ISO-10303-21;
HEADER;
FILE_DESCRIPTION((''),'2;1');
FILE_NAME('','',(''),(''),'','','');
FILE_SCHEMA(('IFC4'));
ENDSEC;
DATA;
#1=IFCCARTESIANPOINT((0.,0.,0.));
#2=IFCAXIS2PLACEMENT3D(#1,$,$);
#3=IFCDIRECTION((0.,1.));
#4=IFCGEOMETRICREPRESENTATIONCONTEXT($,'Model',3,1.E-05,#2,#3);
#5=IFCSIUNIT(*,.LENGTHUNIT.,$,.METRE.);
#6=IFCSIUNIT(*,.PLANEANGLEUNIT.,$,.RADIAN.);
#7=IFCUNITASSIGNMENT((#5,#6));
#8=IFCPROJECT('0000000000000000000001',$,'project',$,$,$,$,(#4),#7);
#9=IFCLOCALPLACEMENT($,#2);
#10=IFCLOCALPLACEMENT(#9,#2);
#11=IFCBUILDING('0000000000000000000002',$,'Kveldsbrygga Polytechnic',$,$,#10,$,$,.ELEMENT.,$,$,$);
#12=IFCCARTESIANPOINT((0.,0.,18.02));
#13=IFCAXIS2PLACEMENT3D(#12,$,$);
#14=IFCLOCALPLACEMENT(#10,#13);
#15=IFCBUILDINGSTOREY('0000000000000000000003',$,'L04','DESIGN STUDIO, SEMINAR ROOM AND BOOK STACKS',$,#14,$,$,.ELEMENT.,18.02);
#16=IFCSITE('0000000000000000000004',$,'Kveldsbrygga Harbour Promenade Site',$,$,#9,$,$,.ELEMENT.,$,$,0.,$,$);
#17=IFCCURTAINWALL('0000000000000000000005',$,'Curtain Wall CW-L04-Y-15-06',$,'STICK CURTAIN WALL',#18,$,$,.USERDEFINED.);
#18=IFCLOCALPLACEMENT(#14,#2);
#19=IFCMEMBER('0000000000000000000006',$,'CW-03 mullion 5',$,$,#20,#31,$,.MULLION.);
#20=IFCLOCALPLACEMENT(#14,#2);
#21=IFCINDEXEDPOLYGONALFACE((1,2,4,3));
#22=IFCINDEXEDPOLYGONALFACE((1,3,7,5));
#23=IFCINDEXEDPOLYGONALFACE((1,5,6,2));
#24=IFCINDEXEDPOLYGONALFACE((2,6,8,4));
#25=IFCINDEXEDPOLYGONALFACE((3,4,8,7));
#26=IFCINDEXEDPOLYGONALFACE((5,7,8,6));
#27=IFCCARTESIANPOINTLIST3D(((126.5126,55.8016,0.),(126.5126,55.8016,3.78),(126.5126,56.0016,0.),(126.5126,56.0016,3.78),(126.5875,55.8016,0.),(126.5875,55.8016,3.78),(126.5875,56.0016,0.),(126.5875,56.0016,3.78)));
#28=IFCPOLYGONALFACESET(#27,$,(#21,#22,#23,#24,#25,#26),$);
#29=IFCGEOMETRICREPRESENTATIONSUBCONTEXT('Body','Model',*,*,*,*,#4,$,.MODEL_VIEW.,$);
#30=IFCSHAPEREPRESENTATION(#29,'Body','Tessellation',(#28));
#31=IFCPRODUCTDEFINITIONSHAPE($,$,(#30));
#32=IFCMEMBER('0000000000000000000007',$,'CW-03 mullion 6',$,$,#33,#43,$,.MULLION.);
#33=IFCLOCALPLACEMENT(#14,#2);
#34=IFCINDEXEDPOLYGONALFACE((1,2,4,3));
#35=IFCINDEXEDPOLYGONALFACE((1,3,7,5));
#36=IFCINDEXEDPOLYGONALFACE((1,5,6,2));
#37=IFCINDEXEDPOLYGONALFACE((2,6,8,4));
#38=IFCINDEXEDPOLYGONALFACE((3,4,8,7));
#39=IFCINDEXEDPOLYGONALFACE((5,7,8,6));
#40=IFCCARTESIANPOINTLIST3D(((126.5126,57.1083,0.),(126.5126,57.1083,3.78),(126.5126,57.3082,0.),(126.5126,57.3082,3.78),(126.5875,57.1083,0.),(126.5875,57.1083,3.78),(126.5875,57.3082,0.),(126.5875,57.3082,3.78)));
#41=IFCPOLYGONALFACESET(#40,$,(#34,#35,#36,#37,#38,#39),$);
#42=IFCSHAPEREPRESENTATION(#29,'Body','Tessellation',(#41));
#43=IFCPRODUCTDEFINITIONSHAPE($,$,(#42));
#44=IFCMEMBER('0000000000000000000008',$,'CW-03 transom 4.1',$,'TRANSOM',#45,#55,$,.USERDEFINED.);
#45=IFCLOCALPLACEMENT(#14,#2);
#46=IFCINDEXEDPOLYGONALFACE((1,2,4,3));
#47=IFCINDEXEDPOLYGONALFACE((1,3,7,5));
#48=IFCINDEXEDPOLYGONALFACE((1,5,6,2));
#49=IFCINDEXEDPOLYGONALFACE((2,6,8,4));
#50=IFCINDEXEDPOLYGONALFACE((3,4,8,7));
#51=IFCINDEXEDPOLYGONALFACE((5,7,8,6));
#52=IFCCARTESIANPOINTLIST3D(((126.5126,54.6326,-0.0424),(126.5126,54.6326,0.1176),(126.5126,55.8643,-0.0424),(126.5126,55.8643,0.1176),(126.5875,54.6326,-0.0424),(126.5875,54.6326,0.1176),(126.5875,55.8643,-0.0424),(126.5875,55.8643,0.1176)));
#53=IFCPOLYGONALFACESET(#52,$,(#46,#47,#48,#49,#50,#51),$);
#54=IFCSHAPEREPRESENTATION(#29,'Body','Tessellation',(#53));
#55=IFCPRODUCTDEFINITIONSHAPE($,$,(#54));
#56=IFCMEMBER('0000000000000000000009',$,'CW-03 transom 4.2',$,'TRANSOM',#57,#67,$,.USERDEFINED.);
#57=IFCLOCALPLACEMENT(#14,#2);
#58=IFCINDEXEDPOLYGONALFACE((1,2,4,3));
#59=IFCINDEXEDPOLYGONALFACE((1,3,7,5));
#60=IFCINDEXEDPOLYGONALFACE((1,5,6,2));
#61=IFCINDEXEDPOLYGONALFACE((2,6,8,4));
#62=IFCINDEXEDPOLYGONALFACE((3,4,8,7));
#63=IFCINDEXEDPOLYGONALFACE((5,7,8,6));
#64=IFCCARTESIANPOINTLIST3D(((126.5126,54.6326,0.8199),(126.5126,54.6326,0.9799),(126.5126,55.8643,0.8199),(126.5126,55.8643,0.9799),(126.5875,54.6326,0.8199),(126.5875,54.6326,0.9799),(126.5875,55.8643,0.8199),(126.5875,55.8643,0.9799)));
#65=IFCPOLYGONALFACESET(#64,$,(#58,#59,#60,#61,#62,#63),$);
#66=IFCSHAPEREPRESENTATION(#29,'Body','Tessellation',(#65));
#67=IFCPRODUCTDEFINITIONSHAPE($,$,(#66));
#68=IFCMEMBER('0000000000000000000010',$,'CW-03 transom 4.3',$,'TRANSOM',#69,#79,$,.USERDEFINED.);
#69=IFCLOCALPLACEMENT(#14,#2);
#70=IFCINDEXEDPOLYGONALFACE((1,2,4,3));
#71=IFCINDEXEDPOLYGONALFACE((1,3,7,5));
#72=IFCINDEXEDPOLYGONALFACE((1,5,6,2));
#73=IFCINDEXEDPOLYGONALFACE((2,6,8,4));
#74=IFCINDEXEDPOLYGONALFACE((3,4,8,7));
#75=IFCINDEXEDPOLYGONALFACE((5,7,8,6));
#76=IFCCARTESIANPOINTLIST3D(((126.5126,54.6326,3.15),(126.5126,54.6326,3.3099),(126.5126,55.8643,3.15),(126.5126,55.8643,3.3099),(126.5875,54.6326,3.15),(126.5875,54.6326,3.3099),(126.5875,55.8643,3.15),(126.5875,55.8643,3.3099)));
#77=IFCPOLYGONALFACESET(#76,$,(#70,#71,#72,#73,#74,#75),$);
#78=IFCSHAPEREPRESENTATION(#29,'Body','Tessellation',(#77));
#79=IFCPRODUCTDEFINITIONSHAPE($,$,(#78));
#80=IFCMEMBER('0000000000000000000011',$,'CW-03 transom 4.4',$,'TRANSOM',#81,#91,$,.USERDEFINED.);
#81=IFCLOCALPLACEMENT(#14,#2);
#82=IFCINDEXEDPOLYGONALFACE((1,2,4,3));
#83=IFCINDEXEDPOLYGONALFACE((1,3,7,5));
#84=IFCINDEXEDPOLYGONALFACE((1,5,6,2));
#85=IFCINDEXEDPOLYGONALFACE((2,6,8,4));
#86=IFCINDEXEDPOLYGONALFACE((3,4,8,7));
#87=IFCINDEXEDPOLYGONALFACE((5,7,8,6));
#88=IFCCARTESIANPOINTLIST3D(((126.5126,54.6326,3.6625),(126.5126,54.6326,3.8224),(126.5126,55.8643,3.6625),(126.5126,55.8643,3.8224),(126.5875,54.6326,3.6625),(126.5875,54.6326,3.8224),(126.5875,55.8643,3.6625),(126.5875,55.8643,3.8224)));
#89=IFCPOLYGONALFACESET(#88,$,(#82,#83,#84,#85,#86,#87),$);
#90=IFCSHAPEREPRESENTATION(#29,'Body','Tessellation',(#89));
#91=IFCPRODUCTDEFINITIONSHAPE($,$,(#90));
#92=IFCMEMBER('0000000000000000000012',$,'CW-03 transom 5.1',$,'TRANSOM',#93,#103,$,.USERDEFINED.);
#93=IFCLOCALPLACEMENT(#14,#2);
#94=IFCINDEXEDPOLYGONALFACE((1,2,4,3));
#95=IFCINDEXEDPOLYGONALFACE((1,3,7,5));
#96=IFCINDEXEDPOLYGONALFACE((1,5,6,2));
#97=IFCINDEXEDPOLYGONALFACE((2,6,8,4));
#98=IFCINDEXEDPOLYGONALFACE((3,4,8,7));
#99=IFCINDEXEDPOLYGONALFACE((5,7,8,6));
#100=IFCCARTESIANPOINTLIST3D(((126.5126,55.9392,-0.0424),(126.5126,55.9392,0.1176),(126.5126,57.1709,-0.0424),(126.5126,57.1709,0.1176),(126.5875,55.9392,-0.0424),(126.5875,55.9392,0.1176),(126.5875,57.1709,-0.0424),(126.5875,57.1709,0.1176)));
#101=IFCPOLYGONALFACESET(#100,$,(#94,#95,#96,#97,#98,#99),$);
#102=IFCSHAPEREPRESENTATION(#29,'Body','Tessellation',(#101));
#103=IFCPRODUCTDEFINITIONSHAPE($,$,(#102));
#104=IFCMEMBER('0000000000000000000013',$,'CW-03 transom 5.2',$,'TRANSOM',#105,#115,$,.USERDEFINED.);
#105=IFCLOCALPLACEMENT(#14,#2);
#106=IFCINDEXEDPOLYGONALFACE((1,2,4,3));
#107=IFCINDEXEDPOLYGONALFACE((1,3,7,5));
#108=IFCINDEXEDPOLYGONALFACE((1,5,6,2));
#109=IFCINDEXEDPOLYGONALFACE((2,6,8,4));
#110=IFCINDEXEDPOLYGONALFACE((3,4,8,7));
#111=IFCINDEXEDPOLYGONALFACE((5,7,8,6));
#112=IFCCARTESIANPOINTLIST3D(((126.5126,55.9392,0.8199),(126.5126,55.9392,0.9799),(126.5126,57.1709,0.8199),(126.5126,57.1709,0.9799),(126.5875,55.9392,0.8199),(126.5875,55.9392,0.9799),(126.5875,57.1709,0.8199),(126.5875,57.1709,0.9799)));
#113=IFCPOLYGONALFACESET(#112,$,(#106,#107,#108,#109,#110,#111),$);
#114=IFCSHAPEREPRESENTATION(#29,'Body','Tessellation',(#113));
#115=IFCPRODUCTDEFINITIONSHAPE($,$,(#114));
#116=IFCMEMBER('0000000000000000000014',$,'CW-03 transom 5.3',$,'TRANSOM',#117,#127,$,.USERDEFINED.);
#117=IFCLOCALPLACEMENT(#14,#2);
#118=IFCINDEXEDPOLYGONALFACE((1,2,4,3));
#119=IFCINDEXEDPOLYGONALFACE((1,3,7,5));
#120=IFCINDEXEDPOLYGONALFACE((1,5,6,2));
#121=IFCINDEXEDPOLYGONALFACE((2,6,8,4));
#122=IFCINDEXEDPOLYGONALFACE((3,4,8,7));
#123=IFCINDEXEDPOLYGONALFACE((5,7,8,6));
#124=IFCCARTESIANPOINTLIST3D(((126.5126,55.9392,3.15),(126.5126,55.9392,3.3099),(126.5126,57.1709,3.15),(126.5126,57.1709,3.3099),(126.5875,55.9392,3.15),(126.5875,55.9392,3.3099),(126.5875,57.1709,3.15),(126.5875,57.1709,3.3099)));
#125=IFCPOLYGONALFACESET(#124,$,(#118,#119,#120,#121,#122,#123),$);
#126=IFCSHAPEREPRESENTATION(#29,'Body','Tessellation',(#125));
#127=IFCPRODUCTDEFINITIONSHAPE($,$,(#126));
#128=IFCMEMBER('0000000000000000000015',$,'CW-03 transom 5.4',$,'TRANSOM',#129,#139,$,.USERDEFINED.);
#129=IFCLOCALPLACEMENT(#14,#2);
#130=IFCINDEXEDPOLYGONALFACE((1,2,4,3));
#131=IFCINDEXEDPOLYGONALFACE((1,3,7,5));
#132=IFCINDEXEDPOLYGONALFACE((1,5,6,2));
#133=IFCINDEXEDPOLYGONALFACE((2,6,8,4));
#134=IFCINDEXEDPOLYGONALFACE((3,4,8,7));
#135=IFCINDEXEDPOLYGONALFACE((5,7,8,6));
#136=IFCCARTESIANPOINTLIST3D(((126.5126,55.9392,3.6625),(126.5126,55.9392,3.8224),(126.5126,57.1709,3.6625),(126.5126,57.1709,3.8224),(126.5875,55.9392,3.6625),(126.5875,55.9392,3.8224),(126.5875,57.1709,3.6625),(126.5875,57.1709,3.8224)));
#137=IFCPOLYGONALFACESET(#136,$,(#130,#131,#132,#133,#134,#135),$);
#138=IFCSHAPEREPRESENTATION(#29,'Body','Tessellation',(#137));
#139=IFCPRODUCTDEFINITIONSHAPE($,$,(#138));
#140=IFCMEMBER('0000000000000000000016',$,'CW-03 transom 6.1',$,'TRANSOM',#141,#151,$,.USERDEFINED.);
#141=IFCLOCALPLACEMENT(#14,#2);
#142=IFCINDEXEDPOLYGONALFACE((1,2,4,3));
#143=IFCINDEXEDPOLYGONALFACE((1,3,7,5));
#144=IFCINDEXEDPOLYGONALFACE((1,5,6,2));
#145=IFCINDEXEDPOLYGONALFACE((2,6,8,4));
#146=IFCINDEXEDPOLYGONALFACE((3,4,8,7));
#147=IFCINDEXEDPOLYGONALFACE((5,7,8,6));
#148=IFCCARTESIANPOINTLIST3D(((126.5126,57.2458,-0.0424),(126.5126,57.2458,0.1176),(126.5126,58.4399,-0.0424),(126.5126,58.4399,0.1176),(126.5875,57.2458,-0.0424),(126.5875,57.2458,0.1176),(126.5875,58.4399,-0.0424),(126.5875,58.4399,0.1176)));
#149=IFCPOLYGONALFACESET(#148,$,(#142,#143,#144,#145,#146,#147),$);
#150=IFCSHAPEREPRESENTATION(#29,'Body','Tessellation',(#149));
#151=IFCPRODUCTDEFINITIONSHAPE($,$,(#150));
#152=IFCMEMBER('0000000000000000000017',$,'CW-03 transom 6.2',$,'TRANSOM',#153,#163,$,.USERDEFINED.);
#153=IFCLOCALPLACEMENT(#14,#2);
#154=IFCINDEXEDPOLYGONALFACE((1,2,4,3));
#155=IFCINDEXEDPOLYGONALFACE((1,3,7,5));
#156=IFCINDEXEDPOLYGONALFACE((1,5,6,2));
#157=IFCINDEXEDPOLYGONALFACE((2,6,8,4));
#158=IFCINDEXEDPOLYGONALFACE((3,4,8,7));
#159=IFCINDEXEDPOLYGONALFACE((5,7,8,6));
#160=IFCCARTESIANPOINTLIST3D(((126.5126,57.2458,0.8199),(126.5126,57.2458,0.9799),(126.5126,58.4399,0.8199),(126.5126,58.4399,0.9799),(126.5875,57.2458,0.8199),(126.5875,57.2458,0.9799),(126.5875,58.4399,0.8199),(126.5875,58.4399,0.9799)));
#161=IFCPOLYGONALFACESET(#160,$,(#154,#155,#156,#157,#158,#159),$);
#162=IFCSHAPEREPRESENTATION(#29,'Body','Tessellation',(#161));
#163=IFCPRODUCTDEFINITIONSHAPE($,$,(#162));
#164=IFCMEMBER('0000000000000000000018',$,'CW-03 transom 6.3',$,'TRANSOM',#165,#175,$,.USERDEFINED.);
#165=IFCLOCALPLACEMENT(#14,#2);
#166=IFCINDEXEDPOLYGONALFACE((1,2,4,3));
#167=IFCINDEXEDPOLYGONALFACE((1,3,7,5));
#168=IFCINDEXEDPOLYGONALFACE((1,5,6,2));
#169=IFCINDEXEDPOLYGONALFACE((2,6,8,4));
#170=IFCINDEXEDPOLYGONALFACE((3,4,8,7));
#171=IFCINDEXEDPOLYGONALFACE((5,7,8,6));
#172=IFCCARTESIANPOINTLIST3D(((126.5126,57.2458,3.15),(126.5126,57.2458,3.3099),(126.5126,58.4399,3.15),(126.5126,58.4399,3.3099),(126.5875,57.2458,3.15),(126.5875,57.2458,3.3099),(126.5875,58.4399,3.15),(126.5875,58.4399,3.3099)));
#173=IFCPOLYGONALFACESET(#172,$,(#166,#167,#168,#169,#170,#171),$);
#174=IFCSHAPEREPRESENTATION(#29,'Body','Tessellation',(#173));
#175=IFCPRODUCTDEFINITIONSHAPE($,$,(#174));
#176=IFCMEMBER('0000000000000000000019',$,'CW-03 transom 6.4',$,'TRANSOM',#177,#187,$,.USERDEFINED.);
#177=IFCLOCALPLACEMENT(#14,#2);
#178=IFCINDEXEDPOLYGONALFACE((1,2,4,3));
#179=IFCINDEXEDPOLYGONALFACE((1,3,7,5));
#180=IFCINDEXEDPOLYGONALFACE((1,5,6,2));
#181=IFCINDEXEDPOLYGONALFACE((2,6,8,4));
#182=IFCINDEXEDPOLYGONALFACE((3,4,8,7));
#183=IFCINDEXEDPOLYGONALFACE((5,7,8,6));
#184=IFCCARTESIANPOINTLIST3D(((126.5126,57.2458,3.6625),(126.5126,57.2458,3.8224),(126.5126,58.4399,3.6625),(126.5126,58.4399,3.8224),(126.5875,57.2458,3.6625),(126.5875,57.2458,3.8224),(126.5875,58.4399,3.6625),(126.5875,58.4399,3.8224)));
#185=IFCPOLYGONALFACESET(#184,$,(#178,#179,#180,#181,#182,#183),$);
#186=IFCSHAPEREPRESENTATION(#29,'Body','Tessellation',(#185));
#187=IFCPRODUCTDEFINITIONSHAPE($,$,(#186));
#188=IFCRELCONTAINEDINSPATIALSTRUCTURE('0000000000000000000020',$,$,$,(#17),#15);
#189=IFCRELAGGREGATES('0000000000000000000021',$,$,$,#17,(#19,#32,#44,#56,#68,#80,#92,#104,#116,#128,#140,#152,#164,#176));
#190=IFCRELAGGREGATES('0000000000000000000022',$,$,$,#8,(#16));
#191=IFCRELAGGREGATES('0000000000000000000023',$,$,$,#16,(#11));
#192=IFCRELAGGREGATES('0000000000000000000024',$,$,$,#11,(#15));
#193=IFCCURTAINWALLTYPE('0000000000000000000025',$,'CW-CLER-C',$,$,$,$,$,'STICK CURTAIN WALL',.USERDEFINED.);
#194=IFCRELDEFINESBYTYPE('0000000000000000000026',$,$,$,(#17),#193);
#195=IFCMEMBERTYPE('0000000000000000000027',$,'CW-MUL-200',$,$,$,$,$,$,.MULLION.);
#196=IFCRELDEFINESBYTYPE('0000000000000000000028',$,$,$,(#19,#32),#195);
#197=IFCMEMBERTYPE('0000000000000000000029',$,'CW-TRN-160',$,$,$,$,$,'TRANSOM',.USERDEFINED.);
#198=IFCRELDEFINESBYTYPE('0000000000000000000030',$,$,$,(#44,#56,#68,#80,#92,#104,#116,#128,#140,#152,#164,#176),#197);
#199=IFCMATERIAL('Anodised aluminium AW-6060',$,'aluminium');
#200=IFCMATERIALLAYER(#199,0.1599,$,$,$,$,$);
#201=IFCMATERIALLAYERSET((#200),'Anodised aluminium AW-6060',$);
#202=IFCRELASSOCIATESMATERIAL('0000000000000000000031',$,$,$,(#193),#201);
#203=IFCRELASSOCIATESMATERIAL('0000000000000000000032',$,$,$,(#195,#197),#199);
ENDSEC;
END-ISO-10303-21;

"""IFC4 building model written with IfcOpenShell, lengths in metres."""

from ifc_helpers import new_model, si_unit, direction, frame, origin, origin_2d, place, context, subcontext, project, spatial, rectangle, extrude, material, layer, layer_set, material_profile, profile_set, type_object, element, aggregate, save


model = new_model("IFC4")

# Units and contexts
model_context = context("Model", 3, precision=1e-05, world=origin(), true_north=direction((0.0, 1.0)))
body_context = subcontext(model_context, "Body", "Model", "MODEL_VIEW")
ifc_project = project(units=[si_unit("LENGTHUNIT", "METRE"), si_unit("PLANEANGLEUNIT", "RADIAN")], contexts=[model_context])

# Site, building, storey
site_placement = place(None, origin())
site = spatial("IfcSite", under=ifc_project, at=site_placement, Name="Kveldsbrygga Harbour Promenade Site", CompositionType="ELEMENT", RefElevation=0.0)
building_placement = place(site_placement, origin())
building = spatial("IfcBuilding", under=site, at=building_placement, Name="Kveldsbrygga Polytechnic", CompositionType="ELEMENT")
storey_placement = place(building_placement, frame((0.0, 0.0, 18.02)))
storey = spatial("IfcBuildingStorey", under=building, at=storey_placement, Name="L04", Description="DESIGN STUDIO, SEMINAR ROOM AND BOOK STACKS", CompositionType="ELEMENT", Elevation=18.02)

# Curtain wall, members
ifc_material_1 = material(Name="Anodised aluminium AW-6060", Category="aluminium")
ifc_layer_1 = layer(ifc_material_1, 0.1599)
ifc_layer_set_1 = layer_set([ifc_layer_1], Name="Anodised aluminium AW-6060")
curtain_wall_type = type_object("IfcCurtainWallType", Name="CW-CLER-C", ElementType="STICK CURTAIN WALL", PredefinedType="USERDEFINED", material=ifc_layer_set_1)
curtain_wall_placement = place(storey_placement, origin())
curtain_wall = element("IfcCurtainWall", 1, at=curtain_wall_placement, inside=storey, type_object=curtain_wall_type, Name="Curtain Wall CW-L04-Y-15-06", ObjectType="STICK CURTAIN WALL", PredefinedType="USERDEFINED")
ifc_material_profile_1 = material_profile(ifc_material_1, rectangle(XDim=0.075, YDim=0.2, at=origin_2d()), Name="ALU 75x200")
ifc_profile_set_1 = profile_set([ifc_material_profile_1], Name="Anodised aluminium AW-6060")
member_type_1 = type_object("IfcMemberType", Name="CW-MUL-200", PredefinedType="MULLION", material=ifc_profile_set_1)
member_1_placement = place(storey_placement, frame((126.55, 55.9016, 0.0), z_axis=(0.0, 0.0, 1.0), x_axis=(-1.0, 0.0, 0.0)))
member_1 = element("IfcMember", 2, at=member_1_placement, type_object=member_type_1, Name="CW-03 mullion 5", PredefinedType="MULLION", context=body_context, shape_type="SweptSolid", body=[
    extrude(rectangle(XDim=0.075, YDim=0.2, at=origin_2d()), origin(), (0.0, 0.0, 1.0), 3.78),
])
member_2_placement = place(storey_placement, frame((126.55, 57.2083, 0.0), z_axis=(0.0, 0.0, 1.0), x_axis=(-1.0, 0.0, 0.0)))
member_2 = element("IfcMember", 3, at=member_2_placement, type_object=member_type_1, Name="CW-03 mullion 6", PredefinedType="MULLION", context=body_context, shape_type="SweptSolid", body=[
    extrude(rectangle(XDim=0.075, YDim=0.2, at=origin_2d()), origin(), (0.0, 0.0, 1.0), 3.78),
])
ifc_material_profile_2 = material_profile(ifc_material_1, rectangle(XDim=0.075, YDim=0.1599, at=origin_2d()), Name="ALU 75x160")
ifc_profile_set_2 = profile_set([ifc_material_profile_2], Name="Anodised aluminium AW-6060")
member_type_2 = type_object("IfcMemberType", Name="CW-TRN-160", ElementType="TRANSOM", PredefinedType="USERDEFINED", material=ifc_profile_set_2)
member_3_placement = place(storey_placement, frame((126.55, 54.6326, 0.0376), z_axis=(0.0, 1.0, 0.0), x_axis=(-1.0, 0.0, 0.0)))
member_3 = element("IfcMember", 4, at=member_3_placement, type_object=member_type_2, Name="CW-03 transom 4.1", ObjectType="TRANSOM", PredefinedType="USERDEFINED", context=body_context, shape_type="SweptSolid", body=[
    extrude(rectangle(XDim=0.075, YDim=0.1599, at=origin_2d()), origin(), (0.0, 0.0, 1.0), 1.2317),
])
member_4_placement = place(storey_placement, frame((126.55, 54.6326, 0.8999), z_axis=(0.0, 1.0, 0.0), x_axis=(-1.0, 0.0, 0.0)))
member_4 = element("IfcMember", 5, at=member_4_placement, type_object=member_type_2, Name="CW-03 transom 4.2", ObjectType="TRANSOM", PredefinedType="USERDEFINED", context=body_context, shape_type="SweptSolid", body=[
    extrude(rectangle(XDim=0.075, YDim=0.1599, at=origin_2d()), origin(), (0.0, 0.0, 1.0), 1.2317),
])
member_5_placement = place(storey_placement, frame((126.55, 54.6326, 3.23), z_axis=(0.0, 1.0, 0.0), x_axis=(-1.0, 0.0, 0.0)))
member_5 = element("IfcMember", 6, at=member_5_placement, type_object=member_type_2, Name="CW-03 transom 4.3", ObjectType="TRANSOM", PredefinedType="USERDEFINED", context=body_context, shape_type="SweptSolid", body=[
    extrude(rectangle(XDim=0.075, YDim=0.1599, at=origin_2d()), origin(), (0.0, 0.0, 1.0), 1.2317),
])
member_6_placement = place(storey_placement, frame((126.55, 54.6326, 3.7424), z_axis=(0.0, 1.0, 0.0), x_axis=(-1.0, 0.0, 0.0)))
member_6 = element("IfcMember", 7, at=member_6_placement, type_object=member_type_2, Name="CW-03 transom 4.4", ObjectType="TRANSOM", PredefinedType="USERDEFINED", context=body_context, shape_type="SweptSolid", body=[
    extrude(rectangle(XDim=0.075, YDim=0.1599, at=origin_2d()), origin(), (0.0, 0.0, 1.0), 1.2317),
])
member_7_placement = place(storey_placement, frame((126.55, 55.9392, 0.0376), z_axis=(0.0, 1.0, 0.0), x_axis=(-1.0, 0.0, 0.0)))
member_7 = element("IfcMember", 8, at=member_7_placement, type_object=member_type_2, Name="CW-03 transom 5.1", ObjectType="TRANSOM", PredefinedType="USERDEFINED", context=body_context, shape_type="SweptSolid", body=[
    extrude(rectangle(XDim=0.075, YDim=0.1599, at=origin_2d()), origin(), (0.0, 0.0, 1.0), 1.2317),
])
member_8_placement = place(storey_placement, frame((126.55, 55.9392, 0.8999), z_axis=(0.0, 1.0, 0.0), x_axis=(-1.0, 0.0, 0.0)))
member_8 = element("IfcMember", 9, at=member_8_placement, type_object=member_type_2, Name="CW-03 transom 5.2", ObjectType="TRANSOM", PredefinedType="USERDEFINED", context=body_context, shape_type="SweptSolid", body=[
    extrude(rectangle(XDim=0.075, YDim=0.1599, at=origin_2d()), origin(), (0.0, 0.0, 1.0), 1.2317),
])
member_9_placement = place(storey_placement, frame((126.55, 55.9392, 3.23), z_axis=(0.0, 1.0, 0.0), x_axis=(-1.0, 0.0, 0.0)))
member_9 = element("IfcMember", 10, at=member_9_placement, type_object=member_type_2, Name="CW-03 transom 5.3", ObjectType="TRANSOM", PredefinedType="USERDEFINED", context=body_context, shape_type="SweptSolid", body=[
    extrude(rectangle(XDim=0.075, YDim=0.1599, at=origin_2d()), origin(), (0.0, 0.0, 1.0), 1.2317),
])
member_10_placement = place(storey_placement, frame((126.55, 55.9392, 3.7424), z_axis=(0.0, 1.0, 0.0), x_axis=(-1.0, 0.0, 0.0)))
member_10 = element("IfcMember", 11, at=member_10_placement, type_object=member_type_2, Name="CW-03 transom 5.4", ObjectType="TRANSOM", PredefinedType="USERDEFINED", context=body_context, shape_type="SweptSolid", body=[
    extrude(rectangle(XDim=0.075, YDim=0.1599, at=origin_2d()), origin(), (0.0, 0.0, 1.0), 1.2317),
])
member_11_placement = place(storey_placement, frame((126.55, 57.2458, 0.0376), z_axis=(0.0, 1.0, 0.0), x_axis=(-1.0, 0.0, 0.0)))
member_11 = element("IfcMember", 12, at=member_11_placement, type_object=member_type_2, Name="CW-03 transom 6.1", ObjectType="TRANSOM", PredefinedType="USERDEFINED", context=body_context, shape_type="SweptSolid", body=[
    extrude(rectangle(XDim=0.075, YDim=0.1599, at=origin_2d()), origin(), (0.0, 0.0, 1.0), 1.1941),
])
member_12_placement = place(storey_placement, frame((126.55, 57.2458, 0.8999), z_axis=(0.0, 1.0, 0.0), x_axis=(-1.0, 0.0, 0.0)))
member_12 = element("IfcMember", 13, at=member_12_placement, type_object=member_type_2, Name="CW-03 transom 6.2", ObjectType="TRANSOM", PredefinedType="USERDEFINED", context=body_context, shape_type="SweptSolid", body=[
    extrude(rectangle(XDim=0.075, YDim=0.1599, at=origin_2d()), origin(), (0.0, 0.0, 1.0), 1.1941),
])
member_13_placement = place(storey_placement, frame((126.55, 57.2458, 3.23), z_axis=(0.0, 1.0, 0.0), x_axis=(-1.0, 0.0, 0.0)))
member_13 = element("IfcMember", 14, at=member_13_placement, type_object=member_type_2, Name="CW-03 transom 6.3", ObjectType="TRANSOM", PredefinedType="USERDEFINED", context=body_context, shape_type="SweptSolid", body=[
    extrude(rectangle(XDim=0.075, YDim=0.1599, at=origin_2d()), origin(), (0.0, 0.0, 1.0), 1.1941),
])
member_14_placement = place(storey_placement, frame((126.55, 57.2458, 3.7424), z_axis=(0.0, 1.0, 0.0), x_axis=(-1.0, 0.0, 0.0)))
member_14 = element("IfcMember", 15, at=member_14_placement, type_object=member_type_2, Name="CW-03 transom 6.4", ObjectType="TRANSOM", PredefinedType="USERDEFINED", context=body_context, shape_type="SweptSolid", body=[
    extrude(rectangle(XDim=0.075, YDim=0.1599, at=origin_2d()), origin(), (0.0, 0.0, 1.0), 1.1941),
])
aggregate(curtain_wall, [member_1, member_2, member_3, member_4, member_5, member_6, member_7, member_8, member_9, member_10, member_11, member_12, member_13, member_14])

save(model, "model.ifc")
